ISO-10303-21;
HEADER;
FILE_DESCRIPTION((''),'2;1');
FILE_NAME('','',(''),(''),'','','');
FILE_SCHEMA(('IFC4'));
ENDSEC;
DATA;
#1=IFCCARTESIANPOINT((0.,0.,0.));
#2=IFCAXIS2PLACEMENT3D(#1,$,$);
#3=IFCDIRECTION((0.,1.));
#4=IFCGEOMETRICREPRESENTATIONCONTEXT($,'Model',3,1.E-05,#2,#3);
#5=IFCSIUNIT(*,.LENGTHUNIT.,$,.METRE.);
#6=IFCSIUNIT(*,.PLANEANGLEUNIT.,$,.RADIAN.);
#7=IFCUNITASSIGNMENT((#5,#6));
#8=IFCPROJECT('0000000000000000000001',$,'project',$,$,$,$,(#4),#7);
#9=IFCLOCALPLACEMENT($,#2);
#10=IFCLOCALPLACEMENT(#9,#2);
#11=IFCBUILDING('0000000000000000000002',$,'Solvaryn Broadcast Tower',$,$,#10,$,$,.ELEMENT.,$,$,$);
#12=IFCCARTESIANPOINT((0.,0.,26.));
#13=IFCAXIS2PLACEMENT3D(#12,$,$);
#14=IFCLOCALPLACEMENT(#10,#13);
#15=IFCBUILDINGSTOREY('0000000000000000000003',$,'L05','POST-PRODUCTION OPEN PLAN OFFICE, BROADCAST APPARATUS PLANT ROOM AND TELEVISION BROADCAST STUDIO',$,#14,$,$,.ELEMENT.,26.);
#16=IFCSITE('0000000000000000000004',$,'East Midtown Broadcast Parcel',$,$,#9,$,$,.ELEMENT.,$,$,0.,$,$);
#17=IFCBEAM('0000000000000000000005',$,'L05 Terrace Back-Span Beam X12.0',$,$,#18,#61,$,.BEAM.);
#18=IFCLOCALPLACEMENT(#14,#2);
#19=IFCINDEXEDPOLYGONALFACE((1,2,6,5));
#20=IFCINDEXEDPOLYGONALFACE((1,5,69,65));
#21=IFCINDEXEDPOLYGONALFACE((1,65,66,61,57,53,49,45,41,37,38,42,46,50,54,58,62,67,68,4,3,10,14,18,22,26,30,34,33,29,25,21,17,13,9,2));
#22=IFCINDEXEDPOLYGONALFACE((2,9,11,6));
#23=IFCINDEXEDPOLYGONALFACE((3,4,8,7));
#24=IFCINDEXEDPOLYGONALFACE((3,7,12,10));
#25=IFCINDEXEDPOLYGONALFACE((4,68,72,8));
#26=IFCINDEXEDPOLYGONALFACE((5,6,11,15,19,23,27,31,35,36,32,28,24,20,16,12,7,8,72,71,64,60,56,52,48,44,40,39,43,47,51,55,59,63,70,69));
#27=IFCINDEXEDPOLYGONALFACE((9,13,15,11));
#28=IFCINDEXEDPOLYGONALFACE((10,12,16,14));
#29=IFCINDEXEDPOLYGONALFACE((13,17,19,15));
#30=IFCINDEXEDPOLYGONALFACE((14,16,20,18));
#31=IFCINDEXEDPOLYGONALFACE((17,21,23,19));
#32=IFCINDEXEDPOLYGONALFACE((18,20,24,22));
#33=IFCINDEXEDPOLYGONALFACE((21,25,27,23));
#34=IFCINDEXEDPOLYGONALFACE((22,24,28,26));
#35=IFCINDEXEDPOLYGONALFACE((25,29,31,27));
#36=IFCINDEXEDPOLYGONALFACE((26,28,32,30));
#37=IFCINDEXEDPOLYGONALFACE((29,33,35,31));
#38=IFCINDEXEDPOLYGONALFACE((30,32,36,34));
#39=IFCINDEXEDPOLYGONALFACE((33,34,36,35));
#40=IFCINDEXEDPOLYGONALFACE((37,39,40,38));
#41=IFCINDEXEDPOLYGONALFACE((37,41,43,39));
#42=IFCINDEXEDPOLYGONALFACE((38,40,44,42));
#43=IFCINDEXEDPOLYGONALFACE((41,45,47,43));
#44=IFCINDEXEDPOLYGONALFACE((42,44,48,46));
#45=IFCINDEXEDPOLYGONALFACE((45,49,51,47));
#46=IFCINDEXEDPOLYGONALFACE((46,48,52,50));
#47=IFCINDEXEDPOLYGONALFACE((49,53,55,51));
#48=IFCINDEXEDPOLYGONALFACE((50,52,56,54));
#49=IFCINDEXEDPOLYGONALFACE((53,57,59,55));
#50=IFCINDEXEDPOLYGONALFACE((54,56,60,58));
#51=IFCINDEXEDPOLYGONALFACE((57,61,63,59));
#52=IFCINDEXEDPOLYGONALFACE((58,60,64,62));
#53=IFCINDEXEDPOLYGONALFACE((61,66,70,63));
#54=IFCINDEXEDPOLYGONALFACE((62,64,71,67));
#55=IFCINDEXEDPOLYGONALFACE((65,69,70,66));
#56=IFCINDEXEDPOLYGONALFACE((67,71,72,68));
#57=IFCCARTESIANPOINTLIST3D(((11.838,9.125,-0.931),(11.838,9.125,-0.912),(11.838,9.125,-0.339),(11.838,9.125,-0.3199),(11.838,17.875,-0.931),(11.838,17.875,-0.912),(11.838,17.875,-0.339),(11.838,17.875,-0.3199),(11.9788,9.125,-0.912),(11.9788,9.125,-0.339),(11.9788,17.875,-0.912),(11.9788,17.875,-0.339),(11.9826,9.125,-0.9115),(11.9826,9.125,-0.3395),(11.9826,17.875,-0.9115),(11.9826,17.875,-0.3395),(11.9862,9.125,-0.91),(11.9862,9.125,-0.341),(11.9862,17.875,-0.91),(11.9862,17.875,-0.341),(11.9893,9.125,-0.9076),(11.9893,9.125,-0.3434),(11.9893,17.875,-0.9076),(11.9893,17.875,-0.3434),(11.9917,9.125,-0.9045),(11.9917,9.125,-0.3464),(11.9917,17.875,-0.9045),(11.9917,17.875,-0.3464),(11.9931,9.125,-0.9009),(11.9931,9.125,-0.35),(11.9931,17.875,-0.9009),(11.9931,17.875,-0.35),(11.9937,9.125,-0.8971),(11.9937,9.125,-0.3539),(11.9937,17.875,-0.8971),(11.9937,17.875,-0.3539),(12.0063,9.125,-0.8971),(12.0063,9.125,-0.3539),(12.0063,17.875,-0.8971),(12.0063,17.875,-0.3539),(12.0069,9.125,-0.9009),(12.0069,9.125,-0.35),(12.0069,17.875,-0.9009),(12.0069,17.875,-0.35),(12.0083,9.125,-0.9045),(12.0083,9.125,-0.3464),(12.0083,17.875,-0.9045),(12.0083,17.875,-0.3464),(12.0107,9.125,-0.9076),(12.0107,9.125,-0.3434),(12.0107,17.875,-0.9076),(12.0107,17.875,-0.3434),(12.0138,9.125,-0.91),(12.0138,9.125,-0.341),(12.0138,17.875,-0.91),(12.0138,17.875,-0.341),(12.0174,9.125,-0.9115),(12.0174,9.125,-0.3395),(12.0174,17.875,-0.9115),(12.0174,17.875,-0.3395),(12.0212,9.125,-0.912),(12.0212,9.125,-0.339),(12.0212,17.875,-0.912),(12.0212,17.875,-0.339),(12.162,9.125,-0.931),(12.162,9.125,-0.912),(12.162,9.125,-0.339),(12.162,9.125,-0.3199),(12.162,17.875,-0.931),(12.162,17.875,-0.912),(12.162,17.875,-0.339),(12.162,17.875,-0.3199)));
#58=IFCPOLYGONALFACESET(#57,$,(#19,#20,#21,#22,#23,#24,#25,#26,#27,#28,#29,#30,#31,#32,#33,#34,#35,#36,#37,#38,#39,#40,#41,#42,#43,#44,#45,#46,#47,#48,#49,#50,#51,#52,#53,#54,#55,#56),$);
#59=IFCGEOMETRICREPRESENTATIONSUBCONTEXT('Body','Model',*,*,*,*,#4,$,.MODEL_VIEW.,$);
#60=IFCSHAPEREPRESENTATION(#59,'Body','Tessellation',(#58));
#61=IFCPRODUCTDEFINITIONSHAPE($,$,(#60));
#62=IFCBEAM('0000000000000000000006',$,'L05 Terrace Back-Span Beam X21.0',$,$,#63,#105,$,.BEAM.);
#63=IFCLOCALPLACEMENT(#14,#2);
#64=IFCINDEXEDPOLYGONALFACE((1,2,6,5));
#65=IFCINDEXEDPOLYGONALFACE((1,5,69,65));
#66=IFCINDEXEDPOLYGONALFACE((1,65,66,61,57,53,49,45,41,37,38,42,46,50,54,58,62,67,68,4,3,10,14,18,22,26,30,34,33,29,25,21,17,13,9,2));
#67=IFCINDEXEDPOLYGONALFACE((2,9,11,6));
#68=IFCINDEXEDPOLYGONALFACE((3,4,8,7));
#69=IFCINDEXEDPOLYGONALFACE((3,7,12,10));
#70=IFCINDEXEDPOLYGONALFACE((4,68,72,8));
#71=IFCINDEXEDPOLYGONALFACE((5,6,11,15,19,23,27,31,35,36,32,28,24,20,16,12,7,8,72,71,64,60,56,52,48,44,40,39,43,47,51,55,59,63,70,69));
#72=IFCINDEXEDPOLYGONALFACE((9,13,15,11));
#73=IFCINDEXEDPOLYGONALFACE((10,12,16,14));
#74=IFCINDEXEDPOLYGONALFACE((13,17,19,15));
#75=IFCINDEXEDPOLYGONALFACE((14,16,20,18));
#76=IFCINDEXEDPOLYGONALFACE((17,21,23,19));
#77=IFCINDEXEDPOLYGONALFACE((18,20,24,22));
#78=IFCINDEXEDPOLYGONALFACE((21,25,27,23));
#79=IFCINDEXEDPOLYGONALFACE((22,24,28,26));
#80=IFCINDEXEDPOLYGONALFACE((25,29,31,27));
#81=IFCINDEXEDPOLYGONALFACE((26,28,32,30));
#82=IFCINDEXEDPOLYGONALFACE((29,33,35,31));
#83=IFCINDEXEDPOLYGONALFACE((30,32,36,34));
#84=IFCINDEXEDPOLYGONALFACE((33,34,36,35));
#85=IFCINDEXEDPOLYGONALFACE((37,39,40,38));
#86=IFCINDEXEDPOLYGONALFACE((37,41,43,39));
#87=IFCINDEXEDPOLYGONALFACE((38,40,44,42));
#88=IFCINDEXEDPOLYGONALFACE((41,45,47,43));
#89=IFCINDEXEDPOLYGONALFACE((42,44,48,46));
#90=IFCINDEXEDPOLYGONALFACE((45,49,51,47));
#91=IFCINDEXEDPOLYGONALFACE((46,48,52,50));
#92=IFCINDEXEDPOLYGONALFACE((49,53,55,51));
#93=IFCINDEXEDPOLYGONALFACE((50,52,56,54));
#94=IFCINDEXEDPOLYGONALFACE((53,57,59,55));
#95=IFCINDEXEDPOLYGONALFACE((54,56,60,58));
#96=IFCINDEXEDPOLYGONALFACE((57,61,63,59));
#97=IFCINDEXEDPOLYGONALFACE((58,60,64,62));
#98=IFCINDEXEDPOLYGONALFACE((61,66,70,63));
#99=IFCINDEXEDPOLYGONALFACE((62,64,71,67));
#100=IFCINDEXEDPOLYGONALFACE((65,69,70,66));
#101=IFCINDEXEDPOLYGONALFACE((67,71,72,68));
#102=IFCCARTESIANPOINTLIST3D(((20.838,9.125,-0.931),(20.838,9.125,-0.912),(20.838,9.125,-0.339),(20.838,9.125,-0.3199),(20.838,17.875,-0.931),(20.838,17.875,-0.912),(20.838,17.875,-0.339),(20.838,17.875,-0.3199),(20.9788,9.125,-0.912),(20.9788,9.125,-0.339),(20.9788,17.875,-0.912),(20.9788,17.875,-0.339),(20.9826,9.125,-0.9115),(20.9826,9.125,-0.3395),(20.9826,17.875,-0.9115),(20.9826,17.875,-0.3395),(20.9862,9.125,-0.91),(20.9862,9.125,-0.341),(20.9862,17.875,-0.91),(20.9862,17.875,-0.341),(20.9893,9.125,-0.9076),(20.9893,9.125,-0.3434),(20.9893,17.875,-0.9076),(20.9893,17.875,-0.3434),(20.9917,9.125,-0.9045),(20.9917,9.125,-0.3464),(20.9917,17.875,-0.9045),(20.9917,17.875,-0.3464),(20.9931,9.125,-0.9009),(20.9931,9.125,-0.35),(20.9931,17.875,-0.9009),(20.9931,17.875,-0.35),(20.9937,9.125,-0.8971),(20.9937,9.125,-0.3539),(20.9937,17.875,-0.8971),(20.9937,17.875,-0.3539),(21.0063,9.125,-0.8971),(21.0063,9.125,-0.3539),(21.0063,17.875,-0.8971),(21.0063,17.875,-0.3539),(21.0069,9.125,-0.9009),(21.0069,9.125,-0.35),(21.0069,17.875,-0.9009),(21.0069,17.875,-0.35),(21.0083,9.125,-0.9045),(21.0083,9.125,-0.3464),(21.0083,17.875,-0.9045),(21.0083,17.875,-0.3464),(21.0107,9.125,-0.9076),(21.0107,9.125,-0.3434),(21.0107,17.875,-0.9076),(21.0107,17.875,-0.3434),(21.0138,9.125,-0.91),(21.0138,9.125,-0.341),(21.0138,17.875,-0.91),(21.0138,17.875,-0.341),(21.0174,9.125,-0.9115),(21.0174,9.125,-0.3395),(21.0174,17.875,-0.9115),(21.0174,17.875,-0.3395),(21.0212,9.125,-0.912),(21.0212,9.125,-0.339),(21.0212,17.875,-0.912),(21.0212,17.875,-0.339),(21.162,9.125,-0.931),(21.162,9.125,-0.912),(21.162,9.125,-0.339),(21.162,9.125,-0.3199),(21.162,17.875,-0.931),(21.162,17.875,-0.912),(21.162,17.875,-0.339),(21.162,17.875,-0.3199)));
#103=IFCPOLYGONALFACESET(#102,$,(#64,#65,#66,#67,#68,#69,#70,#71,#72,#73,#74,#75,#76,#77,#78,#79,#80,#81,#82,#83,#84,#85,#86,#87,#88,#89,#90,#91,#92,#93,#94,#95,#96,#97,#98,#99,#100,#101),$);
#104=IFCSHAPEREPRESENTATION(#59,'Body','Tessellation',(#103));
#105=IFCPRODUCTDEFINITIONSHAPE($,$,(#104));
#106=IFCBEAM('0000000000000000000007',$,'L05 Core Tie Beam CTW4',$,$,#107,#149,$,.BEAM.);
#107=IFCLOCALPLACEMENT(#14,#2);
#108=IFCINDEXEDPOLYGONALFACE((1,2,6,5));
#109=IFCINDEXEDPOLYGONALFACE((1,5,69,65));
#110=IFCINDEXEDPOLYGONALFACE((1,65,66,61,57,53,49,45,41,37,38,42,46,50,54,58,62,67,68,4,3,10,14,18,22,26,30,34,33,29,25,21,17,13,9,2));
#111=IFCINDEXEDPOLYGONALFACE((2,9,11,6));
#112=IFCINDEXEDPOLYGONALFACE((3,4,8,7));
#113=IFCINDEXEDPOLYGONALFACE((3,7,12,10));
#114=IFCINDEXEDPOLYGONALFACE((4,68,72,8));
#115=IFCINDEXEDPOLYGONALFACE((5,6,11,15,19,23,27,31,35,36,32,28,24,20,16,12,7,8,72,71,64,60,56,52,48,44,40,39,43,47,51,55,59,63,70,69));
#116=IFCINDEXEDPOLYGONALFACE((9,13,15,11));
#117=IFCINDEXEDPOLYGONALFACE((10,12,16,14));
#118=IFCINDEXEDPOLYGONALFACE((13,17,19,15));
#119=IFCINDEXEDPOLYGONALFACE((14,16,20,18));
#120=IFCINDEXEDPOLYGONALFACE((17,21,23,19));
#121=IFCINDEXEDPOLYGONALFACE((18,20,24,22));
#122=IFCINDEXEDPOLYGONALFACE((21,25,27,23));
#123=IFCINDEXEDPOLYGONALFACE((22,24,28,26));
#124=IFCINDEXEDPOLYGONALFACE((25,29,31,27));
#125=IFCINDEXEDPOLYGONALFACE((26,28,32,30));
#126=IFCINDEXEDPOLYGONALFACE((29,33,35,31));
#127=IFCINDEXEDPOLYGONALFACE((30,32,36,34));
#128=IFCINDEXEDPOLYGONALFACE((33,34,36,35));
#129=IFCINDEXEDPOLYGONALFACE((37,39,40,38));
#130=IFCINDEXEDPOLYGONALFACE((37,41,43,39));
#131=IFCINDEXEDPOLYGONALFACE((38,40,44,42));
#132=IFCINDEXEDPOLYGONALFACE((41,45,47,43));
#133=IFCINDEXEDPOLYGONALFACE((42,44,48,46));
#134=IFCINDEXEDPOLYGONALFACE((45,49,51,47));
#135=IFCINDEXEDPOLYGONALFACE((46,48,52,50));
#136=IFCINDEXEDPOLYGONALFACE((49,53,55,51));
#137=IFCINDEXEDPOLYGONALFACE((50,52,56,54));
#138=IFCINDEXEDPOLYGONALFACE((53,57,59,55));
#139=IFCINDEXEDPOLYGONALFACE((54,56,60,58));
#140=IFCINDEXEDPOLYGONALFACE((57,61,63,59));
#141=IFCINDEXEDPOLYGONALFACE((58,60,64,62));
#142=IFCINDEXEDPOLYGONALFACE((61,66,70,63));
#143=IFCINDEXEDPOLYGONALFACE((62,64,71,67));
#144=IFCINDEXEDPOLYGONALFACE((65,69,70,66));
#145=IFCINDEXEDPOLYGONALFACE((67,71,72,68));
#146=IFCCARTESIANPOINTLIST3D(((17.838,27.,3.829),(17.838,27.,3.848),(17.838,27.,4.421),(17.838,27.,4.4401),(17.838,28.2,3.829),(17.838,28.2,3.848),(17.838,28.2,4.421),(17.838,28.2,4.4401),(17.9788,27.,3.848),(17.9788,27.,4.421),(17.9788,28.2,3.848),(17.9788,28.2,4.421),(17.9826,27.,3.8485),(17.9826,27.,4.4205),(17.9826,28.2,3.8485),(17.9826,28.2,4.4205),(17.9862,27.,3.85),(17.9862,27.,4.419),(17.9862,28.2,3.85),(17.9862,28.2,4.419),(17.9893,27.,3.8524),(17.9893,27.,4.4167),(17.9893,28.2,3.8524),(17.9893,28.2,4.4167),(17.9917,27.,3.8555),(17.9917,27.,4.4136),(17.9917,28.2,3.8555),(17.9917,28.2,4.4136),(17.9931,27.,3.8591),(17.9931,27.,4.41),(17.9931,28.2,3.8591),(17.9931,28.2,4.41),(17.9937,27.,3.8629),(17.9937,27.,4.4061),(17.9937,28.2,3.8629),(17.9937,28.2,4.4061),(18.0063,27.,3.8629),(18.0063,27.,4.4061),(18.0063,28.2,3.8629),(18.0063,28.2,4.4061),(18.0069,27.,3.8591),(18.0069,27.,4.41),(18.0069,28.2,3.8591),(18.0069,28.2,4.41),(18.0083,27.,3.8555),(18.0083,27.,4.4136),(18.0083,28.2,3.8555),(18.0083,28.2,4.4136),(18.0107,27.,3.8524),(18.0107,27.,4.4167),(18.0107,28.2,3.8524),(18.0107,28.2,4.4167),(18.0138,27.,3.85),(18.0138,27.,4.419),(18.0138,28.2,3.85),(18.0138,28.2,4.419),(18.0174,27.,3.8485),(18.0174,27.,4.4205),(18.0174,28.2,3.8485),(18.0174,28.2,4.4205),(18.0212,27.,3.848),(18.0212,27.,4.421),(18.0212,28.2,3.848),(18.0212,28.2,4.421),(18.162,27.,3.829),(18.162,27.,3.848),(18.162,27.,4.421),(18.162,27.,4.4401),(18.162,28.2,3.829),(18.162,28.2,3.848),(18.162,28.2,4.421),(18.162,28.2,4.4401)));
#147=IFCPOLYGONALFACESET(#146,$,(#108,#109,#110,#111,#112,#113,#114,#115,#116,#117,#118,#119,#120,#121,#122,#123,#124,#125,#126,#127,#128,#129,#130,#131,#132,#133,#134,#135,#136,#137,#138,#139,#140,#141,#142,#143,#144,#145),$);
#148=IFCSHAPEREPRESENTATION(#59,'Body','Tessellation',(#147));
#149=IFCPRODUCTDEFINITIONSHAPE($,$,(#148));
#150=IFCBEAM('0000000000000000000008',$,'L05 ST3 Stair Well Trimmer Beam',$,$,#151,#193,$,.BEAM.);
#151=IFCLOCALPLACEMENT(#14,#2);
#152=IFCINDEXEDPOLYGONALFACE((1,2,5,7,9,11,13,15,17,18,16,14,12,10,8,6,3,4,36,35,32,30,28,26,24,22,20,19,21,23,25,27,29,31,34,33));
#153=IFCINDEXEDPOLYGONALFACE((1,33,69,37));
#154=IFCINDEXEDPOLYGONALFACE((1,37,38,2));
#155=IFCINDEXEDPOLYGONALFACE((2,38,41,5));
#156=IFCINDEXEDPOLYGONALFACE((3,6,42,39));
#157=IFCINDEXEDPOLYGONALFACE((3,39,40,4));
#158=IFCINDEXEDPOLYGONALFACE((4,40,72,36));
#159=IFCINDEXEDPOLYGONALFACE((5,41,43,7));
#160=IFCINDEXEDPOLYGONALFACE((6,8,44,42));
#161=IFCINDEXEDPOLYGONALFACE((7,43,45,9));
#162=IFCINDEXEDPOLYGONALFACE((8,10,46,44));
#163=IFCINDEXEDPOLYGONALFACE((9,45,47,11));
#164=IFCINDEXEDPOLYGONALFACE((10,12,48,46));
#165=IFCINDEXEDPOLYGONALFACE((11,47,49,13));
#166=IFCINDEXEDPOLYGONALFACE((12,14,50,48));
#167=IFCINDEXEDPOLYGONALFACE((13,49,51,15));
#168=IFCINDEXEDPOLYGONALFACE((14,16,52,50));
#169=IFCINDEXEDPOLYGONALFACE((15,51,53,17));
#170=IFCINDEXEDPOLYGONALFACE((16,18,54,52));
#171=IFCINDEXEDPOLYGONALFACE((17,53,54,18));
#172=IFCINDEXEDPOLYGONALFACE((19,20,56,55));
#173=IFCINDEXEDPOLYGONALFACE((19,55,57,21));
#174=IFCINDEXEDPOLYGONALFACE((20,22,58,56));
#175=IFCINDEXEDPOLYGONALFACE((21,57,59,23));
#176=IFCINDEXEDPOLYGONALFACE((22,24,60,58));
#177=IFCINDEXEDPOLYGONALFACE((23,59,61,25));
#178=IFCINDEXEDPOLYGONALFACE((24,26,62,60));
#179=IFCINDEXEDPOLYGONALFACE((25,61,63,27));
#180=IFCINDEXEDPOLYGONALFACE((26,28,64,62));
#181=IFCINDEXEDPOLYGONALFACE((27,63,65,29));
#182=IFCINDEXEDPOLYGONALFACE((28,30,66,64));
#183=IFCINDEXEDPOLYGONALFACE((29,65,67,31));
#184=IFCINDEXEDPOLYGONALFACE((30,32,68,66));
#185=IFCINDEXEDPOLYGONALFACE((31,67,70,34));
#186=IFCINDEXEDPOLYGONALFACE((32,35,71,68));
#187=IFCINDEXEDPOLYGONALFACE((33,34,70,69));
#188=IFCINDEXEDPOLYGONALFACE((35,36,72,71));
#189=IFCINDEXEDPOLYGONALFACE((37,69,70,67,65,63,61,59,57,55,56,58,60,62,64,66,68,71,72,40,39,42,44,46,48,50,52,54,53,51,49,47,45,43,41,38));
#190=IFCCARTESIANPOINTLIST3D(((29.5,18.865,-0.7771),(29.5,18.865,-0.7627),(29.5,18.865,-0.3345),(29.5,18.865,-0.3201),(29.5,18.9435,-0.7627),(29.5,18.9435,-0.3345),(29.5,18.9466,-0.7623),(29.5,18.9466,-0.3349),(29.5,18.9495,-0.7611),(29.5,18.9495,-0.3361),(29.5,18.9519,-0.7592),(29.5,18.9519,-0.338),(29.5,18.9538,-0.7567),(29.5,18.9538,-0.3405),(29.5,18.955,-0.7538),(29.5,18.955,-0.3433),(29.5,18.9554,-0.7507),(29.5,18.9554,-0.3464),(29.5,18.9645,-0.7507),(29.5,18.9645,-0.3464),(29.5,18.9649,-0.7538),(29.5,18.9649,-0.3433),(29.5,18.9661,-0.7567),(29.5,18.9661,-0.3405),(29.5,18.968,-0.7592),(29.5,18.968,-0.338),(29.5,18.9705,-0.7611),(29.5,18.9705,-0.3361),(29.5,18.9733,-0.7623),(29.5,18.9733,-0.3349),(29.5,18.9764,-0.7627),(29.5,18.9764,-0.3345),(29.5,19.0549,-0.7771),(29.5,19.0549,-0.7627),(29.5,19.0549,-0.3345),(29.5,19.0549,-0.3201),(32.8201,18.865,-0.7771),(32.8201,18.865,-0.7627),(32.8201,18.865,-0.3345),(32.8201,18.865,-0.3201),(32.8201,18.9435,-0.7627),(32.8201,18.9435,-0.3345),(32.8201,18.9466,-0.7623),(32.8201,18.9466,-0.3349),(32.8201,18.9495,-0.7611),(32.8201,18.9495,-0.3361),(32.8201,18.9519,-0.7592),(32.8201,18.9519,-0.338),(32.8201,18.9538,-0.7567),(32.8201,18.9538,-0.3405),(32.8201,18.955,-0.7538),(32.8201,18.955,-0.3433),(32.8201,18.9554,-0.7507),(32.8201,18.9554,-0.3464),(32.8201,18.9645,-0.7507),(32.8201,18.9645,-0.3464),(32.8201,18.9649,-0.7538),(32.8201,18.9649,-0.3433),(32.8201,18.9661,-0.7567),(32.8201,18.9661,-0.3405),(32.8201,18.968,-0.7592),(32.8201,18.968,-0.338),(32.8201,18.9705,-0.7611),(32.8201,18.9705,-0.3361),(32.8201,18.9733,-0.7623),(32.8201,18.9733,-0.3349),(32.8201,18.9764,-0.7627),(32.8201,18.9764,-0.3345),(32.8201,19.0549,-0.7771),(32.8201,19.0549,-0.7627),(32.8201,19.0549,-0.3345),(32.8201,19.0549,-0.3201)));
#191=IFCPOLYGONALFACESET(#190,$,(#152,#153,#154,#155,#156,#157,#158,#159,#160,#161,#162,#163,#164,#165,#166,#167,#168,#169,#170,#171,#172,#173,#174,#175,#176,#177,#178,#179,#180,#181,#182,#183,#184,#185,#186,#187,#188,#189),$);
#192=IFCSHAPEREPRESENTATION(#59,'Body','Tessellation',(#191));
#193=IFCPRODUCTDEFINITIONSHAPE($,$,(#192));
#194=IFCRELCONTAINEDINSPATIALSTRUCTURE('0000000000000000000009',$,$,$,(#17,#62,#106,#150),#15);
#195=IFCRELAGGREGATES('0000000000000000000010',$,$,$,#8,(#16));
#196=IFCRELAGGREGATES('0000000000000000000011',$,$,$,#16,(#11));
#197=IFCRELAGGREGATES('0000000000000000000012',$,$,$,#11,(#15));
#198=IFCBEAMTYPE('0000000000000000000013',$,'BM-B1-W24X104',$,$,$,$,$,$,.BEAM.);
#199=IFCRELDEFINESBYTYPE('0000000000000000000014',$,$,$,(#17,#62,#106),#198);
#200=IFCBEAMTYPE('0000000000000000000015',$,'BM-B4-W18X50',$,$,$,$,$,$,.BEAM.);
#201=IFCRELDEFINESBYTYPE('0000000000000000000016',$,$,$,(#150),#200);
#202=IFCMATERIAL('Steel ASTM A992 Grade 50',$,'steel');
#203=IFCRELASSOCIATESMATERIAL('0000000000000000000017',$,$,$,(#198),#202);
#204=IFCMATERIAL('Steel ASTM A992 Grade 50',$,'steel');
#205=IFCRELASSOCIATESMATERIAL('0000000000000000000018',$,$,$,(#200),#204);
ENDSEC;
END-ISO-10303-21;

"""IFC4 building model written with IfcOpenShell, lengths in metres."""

from ifc_helpers import new_model, si_unit, direction, frame, origin, origin_2d, place, context, subcontext, project, spatial, i_section, extrude, material, material_profile, profile_set, type_object, element, save


model = new_model("IFC4")

# Units and contexts
model_context = context("Model", 3, precision=1e-05, world=origin(), true_north=direction((0.0, 1.0)))
body_context = subcontext(model_context, "Body", "Model", "MODEL_VIEW")
ifc_project = project(units=[si_unit("LENGTHUNIT", "METRE"), si_unit("PLANEANGLEUNIT", "RADIAN")], contexts=[model_context])

# Site, building, storey
site_placement = place(None, origin())
site = spatial("IfcSite", under=ifc_project, at=site_placement, Name="East Midtown Broadcast Parcel", CompositionType="ELEMENT", RefElevation=0.0)
building_placement = place(site_placement, origin())
building = spatial("IfcBuilding", under=site, at=building_placement, Name="Solvaryn Broadcast Tower", CompositionType="ELEMENT")
storey_placement = place(building_placement, frame((0.0, 0.0, 26.0)))
storey = spatial("IfcBuildingStorey", under=building, at=storey_placement, Name="L05", Description="POST-PRODUCTION OPEN PLAN OFFICE, BROADCAST APPARATUS PLANT ROOM AND TELEVISION BROADCAST STUDIO", CompositionType="ELEMENT", Elevation=26.0)

# Beams
ifc_material_1 = material(Name="Steel ASTM A992 Grade 50", Category="steel")
ifc_material_profile_1 = material_profile(ifc_material_1, i_section(OverallWidth=0.324, OverallDepth=0.6111, WebThickness=0.0127, FlangeThickness=0.019, FilletRadius=0.0149, at=origin_2d()))
ifc_profile_set_1 = profile_set([ifc_material_profile_1], Name="Steel ASTM A992 Grade 50")
beam_type_1 = type_object("IfcBeamType", Name="BM-B1-W24X104", PredefinedType="BEAM", material=ifc_profile_set_1)
for number, where, z_axis, x_axis, name in (
    (1, (12.0, 17.875, -0.6255), (0.0, -1.0, 0.0), (1.0, 0.0, 0.0), "L05 Terrace Back-Span Beam X12.0"),
    (2, (21.0, 17.875, -0.6255), (0.0, -1.0, 0.0), (1.0, 0.0, 0.0), "L05 Terrace Back-Span Beam X21.0"),
):
    element("IfcBeam", number, at=place(storey_placement, frame(where, z_axis=z_axis, x_axis=x_axis)), inside=storey, type_object=beam_type_1, Name=name, PredefinedType="BEAM", context=body_context, shape_type="SweptSolid", body=[
        extrude(i_section(OverallWidth=0.324, OverallDepth=0.6111, WebThickness=0.0127, FlangeThickness=0.019, FilletRadius=0.0149, at=origin_2d()), origin(), (0.0, 0.0, 1.0), 8.75),
    ])
beam_1_placement = place(storey_placement, frame((18.0, 27.0, 4.1345), z_axis=(0.0, 1.0, 0.0), x_axis=(-1.0, 0.0, 0.0)))
element("IfcBeam", 3, at=beam_1_placement, inside=storey, type_object=beam_type_1, Name="L05 Core Tie Beam CTW4", PredefinedType="BEAM", context=body_context, shape_type="SweptSolid", body=[
    extrude(i_section(OverallWidth=0.324, OverallDepth=0.6111, WebThickness=0.0127, FlangeThickness=0.019, FilletRadius=0.0149, at=origin_2d()), origin(), (0.0, 0.0, 1.0), 1.2),
])
ifc_material_2 = material(Name="Steel ASTM A992 Grade 50", Category="steel")
ifc_material_profile_2 = material_profile(ifc_material_2, i_section(OverallWidth=0.1899, OverallDepth=0.457, WebThickness=0.009, FlangeThickness=0.0144, FilletRadius=0.012, at=origin_2d()))
ifc_profile_set_2 = profile_set([ifc_material_profile_2], Name="Steel ASTM A992 Grade 50")
beam_type_2 = type_object("IfcBeamType", Name="BM-B4-W18X50", PredefinedType="BEAM", material=ifc_profile_set_2)
for number, where, z_axis, x_axis, name in (
    (4, (29.5, 18.96, -0.5486), (1.0, 0.0, 0.0), (0.0, 1.0, 0.0), "L05 ST3 Stair Well Trimmer Beam"),
):
    element("IfcBeam", number, at=place(storey_placement, frame(where, z_axis=z_axis, x_axis=x_axis)), inside=storey, type_object=beam_type_2, Name=name, PredefinedType="BEAM", context=body_context, shape_type="SweptSolid", body=[
        extrude(i_section(OverallWidth=0.1899, OverallDepth=0.457, WebThickness=0.009, FlangeThickness=0.0144, FilletRadius=0.012, at=origin_2d()), origin(), (0.0, 0.0, 1.0), 3.3201),
    ])

save(model, "model.ifc")
